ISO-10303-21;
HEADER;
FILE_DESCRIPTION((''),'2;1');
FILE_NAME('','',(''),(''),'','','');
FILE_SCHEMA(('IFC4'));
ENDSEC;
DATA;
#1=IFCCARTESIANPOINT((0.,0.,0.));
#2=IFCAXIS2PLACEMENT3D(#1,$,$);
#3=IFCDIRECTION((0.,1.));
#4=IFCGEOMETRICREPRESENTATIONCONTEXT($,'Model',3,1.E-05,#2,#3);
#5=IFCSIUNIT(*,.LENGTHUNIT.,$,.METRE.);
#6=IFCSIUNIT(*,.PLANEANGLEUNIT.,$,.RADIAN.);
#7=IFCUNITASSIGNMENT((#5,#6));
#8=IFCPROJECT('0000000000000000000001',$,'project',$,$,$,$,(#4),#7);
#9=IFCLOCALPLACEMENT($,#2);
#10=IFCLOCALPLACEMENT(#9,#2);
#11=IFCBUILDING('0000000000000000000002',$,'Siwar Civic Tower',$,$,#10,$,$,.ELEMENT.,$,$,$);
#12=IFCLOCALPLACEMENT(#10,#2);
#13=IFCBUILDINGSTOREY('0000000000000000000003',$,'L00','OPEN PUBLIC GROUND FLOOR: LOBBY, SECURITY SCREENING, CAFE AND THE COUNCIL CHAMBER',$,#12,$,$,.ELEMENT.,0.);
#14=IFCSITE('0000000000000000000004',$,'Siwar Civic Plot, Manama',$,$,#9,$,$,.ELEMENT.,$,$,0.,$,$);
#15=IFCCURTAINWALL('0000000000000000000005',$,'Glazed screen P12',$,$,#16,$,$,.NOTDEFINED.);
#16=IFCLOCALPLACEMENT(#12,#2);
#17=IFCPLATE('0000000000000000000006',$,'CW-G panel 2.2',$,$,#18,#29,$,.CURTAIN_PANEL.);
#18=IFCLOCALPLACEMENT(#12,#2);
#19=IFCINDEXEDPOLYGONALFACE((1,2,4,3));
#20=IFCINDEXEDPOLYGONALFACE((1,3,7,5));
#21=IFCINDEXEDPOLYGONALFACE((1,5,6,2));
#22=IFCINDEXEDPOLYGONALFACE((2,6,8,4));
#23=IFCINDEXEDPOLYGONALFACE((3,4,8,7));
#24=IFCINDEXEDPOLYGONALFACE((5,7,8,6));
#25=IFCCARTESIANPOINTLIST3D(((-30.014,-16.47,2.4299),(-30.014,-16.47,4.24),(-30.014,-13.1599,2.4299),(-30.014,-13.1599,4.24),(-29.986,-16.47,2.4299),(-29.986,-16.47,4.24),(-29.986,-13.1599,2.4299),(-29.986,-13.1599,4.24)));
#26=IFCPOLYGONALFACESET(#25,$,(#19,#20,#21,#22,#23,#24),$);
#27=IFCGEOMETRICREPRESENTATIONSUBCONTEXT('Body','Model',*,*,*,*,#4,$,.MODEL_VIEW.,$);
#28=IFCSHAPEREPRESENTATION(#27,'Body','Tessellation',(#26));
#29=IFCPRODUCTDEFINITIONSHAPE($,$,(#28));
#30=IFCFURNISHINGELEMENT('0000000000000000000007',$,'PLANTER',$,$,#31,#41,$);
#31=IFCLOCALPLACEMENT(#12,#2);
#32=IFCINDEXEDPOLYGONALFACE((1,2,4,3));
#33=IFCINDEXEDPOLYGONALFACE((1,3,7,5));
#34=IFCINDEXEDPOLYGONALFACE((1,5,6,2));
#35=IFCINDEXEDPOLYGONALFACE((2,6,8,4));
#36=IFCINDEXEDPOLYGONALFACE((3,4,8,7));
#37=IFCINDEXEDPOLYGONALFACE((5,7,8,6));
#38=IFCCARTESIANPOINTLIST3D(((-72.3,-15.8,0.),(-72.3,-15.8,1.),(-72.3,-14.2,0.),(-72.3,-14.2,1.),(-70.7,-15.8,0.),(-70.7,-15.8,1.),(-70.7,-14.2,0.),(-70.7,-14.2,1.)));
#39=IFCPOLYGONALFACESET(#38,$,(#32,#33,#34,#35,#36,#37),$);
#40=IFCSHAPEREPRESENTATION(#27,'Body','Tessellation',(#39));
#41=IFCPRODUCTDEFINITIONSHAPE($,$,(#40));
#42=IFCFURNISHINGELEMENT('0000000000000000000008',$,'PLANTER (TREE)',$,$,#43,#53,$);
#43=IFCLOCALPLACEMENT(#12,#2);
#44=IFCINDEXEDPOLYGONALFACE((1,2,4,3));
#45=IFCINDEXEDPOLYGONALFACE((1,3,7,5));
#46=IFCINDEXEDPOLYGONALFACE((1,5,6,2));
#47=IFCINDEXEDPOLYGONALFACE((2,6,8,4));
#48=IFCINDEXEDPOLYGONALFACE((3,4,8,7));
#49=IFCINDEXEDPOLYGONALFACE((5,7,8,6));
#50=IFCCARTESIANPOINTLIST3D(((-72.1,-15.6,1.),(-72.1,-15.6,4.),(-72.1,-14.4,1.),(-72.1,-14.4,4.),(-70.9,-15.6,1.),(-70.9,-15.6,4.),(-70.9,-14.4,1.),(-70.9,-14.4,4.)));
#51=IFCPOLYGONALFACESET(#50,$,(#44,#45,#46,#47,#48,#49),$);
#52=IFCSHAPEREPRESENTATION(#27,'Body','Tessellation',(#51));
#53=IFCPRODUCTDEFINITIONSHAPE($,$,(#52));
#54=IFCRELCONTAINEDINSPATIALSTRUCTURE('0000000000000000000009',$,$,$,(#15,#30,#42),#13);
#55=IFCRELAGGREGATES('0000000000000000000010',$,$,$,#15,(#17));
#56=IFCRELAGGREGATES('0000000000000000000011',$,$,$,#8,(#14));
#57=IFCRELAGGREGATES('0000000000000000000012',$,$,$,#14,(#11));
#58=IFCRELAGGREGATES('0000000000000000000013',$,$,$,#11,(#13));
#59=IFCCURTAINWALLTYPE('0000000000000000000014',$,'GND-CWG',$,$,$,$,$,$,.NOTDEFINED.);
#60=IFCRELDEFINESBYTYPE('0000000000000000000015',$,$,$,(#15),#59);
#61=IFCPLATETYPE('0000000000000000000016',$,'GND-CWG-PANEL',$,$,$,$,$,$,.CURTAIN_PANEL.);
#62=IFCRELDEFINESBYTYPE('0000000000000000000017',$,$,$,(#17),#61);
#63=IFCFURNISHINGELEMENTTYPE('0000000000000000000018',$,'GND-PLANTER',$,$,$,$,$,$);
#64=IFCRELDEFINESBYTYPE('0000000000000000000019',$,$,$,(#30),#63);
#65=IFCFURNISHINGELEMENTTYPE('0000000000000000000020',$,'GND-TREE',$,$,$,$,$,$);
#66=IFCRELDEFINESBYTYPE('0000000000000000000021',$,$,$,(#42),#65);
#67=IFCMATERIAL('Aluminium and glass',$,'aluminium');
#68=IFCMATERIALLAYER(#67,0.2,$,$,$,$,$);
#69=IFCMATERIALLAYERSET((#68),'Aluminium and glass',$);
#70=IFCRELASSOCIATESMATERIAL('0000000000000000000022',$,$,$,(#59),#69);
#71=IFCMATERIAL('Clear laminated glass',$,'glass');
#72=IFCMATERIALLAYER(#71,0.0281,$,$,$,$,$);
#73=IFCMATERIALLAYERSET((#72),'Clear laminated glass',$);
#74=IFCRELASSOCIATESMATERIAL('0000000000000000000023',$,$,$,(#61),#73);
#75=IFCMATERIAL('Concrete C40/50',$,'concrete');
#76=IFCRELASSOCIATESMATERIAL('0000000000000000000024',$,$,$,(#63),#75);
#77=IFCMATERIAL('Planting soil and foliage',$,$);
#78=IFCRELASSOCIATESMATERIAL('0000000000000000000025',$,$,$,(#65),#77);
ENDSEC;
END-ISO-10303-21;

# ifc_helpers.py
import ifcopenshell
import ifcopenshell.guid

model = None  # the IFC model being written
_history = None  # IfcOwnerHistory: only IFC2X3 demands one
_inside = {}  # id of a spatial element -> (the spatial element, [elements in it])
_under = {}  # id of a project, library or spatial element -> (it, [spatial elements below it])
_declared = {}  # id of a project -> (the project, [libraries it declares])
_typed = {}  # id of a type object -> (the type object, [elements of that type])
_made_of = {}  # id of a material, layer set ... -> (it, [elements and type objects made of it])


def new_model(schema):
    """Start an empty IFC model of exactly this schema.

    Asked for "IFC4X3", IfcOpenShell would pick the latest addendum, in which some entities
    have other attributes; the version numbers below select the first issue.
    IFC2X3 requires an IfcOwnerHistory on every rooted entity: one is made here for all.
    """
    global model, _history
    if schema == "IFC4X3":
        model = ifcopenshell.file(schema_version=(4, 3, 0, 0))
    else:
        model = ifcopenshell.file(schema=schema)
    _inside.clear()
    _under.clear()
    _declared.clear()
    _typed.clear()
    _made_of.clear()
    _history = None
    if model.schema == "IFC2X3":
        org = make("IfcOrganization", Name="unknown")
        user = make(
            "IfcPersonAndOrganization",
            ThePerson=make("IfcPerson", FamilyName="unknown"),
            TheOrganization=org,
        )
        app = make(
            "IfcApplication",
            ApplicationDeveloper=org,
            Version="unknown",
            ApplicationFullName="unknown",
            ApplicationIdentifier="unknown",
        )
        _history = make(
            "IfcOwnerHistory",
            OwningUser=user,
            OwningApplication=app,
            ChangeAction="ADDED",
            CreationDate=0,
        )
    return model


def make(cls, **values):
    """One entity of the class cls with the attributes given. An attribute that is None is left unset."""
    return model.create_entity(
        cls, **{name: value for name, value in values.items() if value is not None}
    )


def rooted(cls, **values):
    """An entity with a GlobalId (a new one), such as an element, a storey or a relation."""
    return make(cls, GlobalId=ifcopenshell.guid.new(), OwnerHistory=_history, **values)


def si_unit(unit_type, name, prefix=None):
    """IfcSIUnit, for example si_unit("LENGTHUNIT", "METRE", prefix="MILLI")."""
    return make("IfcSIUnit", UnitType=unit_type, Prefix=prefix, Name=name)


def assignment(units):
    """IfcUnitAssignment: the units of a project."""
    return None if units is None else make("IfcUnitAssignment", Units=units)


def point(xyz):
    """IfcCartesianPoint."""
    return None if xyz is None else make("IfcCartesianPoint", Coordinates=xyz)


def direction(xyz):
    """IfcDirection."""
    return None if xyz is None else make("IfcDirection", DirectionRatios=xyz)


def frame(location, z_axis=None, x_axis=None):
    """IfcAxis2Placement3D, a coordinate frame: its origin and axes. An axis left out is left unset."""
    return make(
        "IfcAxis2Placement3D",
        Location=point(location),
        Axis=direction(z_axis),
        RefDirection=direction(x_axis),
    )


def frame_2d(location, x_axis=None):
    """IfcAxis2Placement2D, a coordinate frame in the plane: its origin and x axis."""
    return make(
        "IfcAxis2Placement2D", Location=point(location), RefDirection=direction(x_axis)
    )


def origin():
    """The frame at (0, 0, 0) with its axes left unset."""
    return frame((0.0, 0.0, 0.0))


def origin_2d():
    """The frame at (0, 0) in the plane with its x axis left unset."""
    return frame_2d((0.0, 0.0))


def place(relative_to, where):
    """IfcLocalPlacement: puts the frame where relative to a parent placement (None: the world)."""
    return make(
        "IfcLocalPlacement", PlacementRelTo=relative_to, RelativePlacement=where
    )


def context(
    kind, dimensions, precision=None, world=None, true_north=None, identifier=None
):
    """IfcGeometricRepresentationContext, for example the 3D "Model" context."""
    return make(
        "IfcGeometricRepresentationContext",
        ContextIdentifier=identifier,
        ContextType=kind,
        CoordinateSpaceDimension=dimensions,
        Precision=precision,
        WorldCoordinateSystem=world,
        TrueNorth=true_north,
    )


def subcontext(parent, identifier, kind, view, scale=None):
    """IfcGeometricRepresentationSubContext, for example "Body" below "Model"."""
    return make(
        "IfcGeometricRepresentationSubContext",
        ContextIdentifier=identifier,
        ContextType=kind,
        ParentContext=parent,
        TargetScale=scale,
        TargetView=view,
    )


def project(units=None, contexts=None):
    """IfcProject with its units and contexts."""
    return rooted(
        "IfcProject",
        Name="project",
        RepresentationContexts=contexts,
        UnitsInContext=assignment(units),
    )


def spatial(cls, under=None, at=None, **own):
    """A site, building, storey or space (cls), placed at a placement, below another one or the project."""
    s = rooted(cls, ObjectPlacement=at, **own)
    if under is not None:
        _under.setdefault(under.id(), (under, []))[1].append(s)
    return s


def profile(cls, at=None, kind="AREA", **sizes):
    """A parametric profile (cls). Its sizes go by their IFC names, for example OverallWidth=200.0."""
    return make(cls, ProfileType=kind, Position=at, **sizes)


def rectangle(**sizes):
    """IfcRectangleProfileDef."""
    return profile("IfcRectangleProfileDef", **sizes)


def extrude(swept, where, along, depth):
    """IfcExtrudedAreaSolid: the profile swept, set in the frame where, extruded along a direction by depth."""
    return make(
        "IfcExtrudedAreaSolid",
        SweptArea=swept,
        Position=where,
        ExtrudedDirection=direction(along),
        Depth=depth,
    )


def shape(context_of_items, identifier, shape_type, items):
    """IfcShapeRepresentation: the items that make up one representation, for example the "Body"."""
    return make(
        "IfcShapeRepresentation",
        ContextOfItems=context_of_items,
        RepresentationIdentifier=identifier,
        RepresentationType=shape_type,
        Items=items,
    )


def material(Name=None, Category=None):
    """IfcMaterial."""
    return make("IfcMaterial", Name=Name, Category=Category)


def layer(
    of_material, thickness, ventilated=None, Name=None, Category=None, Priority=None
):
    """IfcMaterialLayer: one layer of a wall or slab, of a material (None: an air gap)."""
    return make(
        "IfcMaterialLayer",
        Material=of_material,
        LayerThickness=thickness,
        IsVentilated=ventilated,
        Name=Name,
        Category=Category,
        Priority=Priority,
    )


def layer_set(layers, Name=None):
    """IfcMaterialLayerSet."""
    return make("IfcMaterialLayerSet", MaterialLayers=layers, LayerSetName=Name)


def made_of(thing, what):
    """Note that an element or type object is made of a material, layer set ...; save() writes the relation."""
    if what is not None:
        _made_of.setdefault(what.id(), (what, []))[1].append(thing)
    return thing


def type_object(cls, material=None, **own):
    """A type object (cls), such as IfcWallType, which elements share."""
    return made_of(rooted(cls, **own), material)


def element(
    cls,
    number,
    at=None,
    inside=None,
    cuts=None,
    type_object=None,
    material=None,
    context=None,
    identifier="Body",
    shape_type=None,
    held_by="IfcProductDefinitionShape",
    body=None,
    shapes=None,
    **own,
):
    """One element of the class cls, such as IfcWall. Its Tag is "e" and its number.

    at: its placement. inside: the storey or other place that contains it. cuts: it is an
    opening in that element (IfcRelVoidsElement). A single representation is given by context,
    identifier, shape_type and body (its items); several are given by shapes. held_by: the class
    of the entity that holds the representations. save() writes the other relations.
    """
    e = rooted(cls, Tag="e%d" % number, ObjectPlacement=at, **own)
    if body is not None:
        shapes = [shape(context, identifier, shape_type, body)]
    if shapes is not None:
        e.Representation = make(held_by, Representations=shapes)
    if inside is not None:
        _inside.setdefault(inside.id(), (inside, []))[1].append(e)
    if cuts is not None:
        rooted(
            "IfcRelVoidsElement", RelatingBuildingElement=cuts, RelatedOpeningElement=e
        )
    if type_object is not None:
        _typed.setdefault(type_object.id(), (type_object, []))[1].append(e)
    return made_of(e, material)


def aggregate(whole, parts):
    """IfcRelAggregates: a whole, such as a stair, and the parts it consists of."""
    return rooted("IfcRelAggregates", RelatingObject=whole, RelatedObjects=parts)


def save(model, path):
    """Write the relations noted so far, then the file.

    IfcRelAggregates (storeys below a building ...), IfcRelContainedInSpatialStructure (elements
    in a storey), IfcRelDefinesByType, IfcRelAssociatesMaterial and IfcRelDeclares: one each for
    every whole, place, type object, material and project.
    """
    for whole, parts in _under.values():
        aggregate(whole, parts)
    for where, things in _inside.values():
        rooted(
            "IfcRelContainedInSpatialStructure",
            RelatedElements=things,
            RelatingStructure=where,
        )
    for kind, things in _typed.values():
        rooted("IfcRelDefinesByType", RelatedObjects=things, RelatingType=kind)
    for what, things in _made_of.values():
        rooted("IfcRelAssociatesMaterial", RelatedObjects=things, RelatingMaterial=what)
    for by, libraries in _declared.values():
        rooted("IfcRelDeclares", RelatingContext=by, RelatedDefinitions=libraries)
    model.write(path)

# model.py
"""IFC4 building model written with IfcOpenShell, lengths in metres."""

from ifc_helpers import new_model, si_unit, direction, frame, origin, origin_2d, place, context, subcontext, project, spatial, rectangle, extrude, material, layer, layer_set, type_object, element, aggregate, save


model = new_model("IFC4")

# Units and contexts
model_context = context("Model", 3, precision=1e-05, world=origin(), true_north=direction((0.0, 1.0)))
body_context = subcontext(model_context, "Body", "Model", "MODEL_VIEW")
ifc_project = project(units=[si_unit("LENGTHUNIT", "METRE"), si_unit("PLANEANGLEUNIT", "RADIAN")], contexts=[model_context])

# Site, building, storey
site_placement = place(None, origin())
site = spatial("IfcSite", under=ifc_project, at=site_placement, Name="Siwar Civic Plot, Manama", CompositionType="ELEMENT", RefElevation=0.0)
building_placement = place(site_placement, origin())
building = spatial("IfcBuilding", under=site, at=building_placement, Name="Siwar Civic Tower", CompositionType="ELEMENT")
storey_placement = place(building_placement, origin())
storey = spatial("IfcBuildingStorey", under=building, at=storey_placement, Name="L00", Description="OPEN PUBLIC GROUND FLOOR: LOBBY, SECURITY SCREENING, CAFE AND THE COUNCIL CHAMBER", CompositionType="ELEMENT", Elevation=0.0)

# Shared definitions
ifc_material_1 = material(Name="Aluminium and glass", Category="aluminium")
ifc_layer_1 = layer(ifc_material_1, 0.2)
ifc_layer_set_1 = layer_set([ifc_layer_1], Name="Aluminium and glass")
curtain_wall_type = type_object("IfcCurtainWallType", Name="GND-CWG", PredefinedType="NOTDEFINED", material=ifc_layer_set_1)

# Curtain wall
curtain_wall_1_placement = place(storey_placement, origin())
curtain_wall_1 = element("IfcCurtainWall", 1, at=curtain_wall_1_placement, inside=storey, type_object=curtain_wall_type, Name="Glazed screen P12", PredefinedType="NOTDEFINED")

# Plate
ifc_material_2 = material(Name="Clear laminated glass", Category="glass")
ifc_layer_2 = layer(ifc_material_2, 0.0281)
ifc_layer_set_2 = layer_set([ifc_layer_2], Name="Clear laminated glass")
plate_type = type_object("IfcPlateType", Name="GND-CWG-PANEL", PredefinedType="CURTAIN_PANEL", material=ifc_layer_set_2)
plate_1_placement = place(storey_placement, frame((-30.0, -14.8149, 2.4299), z_axis=(0.0, 0.0, 1.0), x_axis=(0.0, 1.0, 0.0)))
plate_1 = element("IfcPlate", 2, at=plate_1_placement, type_object=plate_type, Name="CW-G panel 2.2", PredefinedType="CURTAIN_PANEL", context=body_context, shape_type="SweptSolid", body=[
    extrude(rectangle(XDim=3.3101, YDim=0.0281, at=origin_2d()), origin(), (0.0, 0.0, 1.0), 1.8101),
])
aggregate(curtain_wall_1, [plate_1])

# Furnishing elements
ifc_material_3 = material(Name="Concrete C40/50", Category="concrete")
furnishing_element_type_1 = type_object("IfcFurnishingElementType", Name="GND-PLANTER", material=ifc_material_3)
furnishing_1_placement = place(storey_placement, frame((-71.5, -15.0, 0.0), z_axis=(0.0, 0.0, 1.0), x_axis=(1.0, 0.0, 0.0)))
element("IfcFurnishingElement", 3, at=furnishing_1_placement, inside=storey, type_object=furnishing_element_type_1, Name="PLANTER", context=body_context, shape_type="SweptSolid", body=[
    extrude(rectangle(XDim=1.6001, YDim=1.6001, at=origin_2d()), origin(), (0.0, 0.0, 1.0), 1.0),
])
ifc_material_4 = material(Name="Planting soil and foliage")
furnishing_element_type_2 = type_object("IfcFurnishingElementType", Name="GND-TREE", material=ifc_material_4)
furnishing_2_placement = place(storey_placement, frame((-71.5, -15.0, 1.0), z_axis=(0.0, 0.0, 1.0), x_axis=(1.0, 0.0, 0.0)))
element("IfcFurnishingElement", 4, at=furnishing_2_placement, inside=storey, type_object=furnishing_element_type_2, Name="PLANTER (TREE)", context=body_context, shape_type="SweptSolid", body=[
    extrude(rectangle(XDim=1.2, YDim=1.2, at=origin_2d()), origin(), (0.0, 0.0, 1.0), 3.0),
])

save(model, "model.ifc")
